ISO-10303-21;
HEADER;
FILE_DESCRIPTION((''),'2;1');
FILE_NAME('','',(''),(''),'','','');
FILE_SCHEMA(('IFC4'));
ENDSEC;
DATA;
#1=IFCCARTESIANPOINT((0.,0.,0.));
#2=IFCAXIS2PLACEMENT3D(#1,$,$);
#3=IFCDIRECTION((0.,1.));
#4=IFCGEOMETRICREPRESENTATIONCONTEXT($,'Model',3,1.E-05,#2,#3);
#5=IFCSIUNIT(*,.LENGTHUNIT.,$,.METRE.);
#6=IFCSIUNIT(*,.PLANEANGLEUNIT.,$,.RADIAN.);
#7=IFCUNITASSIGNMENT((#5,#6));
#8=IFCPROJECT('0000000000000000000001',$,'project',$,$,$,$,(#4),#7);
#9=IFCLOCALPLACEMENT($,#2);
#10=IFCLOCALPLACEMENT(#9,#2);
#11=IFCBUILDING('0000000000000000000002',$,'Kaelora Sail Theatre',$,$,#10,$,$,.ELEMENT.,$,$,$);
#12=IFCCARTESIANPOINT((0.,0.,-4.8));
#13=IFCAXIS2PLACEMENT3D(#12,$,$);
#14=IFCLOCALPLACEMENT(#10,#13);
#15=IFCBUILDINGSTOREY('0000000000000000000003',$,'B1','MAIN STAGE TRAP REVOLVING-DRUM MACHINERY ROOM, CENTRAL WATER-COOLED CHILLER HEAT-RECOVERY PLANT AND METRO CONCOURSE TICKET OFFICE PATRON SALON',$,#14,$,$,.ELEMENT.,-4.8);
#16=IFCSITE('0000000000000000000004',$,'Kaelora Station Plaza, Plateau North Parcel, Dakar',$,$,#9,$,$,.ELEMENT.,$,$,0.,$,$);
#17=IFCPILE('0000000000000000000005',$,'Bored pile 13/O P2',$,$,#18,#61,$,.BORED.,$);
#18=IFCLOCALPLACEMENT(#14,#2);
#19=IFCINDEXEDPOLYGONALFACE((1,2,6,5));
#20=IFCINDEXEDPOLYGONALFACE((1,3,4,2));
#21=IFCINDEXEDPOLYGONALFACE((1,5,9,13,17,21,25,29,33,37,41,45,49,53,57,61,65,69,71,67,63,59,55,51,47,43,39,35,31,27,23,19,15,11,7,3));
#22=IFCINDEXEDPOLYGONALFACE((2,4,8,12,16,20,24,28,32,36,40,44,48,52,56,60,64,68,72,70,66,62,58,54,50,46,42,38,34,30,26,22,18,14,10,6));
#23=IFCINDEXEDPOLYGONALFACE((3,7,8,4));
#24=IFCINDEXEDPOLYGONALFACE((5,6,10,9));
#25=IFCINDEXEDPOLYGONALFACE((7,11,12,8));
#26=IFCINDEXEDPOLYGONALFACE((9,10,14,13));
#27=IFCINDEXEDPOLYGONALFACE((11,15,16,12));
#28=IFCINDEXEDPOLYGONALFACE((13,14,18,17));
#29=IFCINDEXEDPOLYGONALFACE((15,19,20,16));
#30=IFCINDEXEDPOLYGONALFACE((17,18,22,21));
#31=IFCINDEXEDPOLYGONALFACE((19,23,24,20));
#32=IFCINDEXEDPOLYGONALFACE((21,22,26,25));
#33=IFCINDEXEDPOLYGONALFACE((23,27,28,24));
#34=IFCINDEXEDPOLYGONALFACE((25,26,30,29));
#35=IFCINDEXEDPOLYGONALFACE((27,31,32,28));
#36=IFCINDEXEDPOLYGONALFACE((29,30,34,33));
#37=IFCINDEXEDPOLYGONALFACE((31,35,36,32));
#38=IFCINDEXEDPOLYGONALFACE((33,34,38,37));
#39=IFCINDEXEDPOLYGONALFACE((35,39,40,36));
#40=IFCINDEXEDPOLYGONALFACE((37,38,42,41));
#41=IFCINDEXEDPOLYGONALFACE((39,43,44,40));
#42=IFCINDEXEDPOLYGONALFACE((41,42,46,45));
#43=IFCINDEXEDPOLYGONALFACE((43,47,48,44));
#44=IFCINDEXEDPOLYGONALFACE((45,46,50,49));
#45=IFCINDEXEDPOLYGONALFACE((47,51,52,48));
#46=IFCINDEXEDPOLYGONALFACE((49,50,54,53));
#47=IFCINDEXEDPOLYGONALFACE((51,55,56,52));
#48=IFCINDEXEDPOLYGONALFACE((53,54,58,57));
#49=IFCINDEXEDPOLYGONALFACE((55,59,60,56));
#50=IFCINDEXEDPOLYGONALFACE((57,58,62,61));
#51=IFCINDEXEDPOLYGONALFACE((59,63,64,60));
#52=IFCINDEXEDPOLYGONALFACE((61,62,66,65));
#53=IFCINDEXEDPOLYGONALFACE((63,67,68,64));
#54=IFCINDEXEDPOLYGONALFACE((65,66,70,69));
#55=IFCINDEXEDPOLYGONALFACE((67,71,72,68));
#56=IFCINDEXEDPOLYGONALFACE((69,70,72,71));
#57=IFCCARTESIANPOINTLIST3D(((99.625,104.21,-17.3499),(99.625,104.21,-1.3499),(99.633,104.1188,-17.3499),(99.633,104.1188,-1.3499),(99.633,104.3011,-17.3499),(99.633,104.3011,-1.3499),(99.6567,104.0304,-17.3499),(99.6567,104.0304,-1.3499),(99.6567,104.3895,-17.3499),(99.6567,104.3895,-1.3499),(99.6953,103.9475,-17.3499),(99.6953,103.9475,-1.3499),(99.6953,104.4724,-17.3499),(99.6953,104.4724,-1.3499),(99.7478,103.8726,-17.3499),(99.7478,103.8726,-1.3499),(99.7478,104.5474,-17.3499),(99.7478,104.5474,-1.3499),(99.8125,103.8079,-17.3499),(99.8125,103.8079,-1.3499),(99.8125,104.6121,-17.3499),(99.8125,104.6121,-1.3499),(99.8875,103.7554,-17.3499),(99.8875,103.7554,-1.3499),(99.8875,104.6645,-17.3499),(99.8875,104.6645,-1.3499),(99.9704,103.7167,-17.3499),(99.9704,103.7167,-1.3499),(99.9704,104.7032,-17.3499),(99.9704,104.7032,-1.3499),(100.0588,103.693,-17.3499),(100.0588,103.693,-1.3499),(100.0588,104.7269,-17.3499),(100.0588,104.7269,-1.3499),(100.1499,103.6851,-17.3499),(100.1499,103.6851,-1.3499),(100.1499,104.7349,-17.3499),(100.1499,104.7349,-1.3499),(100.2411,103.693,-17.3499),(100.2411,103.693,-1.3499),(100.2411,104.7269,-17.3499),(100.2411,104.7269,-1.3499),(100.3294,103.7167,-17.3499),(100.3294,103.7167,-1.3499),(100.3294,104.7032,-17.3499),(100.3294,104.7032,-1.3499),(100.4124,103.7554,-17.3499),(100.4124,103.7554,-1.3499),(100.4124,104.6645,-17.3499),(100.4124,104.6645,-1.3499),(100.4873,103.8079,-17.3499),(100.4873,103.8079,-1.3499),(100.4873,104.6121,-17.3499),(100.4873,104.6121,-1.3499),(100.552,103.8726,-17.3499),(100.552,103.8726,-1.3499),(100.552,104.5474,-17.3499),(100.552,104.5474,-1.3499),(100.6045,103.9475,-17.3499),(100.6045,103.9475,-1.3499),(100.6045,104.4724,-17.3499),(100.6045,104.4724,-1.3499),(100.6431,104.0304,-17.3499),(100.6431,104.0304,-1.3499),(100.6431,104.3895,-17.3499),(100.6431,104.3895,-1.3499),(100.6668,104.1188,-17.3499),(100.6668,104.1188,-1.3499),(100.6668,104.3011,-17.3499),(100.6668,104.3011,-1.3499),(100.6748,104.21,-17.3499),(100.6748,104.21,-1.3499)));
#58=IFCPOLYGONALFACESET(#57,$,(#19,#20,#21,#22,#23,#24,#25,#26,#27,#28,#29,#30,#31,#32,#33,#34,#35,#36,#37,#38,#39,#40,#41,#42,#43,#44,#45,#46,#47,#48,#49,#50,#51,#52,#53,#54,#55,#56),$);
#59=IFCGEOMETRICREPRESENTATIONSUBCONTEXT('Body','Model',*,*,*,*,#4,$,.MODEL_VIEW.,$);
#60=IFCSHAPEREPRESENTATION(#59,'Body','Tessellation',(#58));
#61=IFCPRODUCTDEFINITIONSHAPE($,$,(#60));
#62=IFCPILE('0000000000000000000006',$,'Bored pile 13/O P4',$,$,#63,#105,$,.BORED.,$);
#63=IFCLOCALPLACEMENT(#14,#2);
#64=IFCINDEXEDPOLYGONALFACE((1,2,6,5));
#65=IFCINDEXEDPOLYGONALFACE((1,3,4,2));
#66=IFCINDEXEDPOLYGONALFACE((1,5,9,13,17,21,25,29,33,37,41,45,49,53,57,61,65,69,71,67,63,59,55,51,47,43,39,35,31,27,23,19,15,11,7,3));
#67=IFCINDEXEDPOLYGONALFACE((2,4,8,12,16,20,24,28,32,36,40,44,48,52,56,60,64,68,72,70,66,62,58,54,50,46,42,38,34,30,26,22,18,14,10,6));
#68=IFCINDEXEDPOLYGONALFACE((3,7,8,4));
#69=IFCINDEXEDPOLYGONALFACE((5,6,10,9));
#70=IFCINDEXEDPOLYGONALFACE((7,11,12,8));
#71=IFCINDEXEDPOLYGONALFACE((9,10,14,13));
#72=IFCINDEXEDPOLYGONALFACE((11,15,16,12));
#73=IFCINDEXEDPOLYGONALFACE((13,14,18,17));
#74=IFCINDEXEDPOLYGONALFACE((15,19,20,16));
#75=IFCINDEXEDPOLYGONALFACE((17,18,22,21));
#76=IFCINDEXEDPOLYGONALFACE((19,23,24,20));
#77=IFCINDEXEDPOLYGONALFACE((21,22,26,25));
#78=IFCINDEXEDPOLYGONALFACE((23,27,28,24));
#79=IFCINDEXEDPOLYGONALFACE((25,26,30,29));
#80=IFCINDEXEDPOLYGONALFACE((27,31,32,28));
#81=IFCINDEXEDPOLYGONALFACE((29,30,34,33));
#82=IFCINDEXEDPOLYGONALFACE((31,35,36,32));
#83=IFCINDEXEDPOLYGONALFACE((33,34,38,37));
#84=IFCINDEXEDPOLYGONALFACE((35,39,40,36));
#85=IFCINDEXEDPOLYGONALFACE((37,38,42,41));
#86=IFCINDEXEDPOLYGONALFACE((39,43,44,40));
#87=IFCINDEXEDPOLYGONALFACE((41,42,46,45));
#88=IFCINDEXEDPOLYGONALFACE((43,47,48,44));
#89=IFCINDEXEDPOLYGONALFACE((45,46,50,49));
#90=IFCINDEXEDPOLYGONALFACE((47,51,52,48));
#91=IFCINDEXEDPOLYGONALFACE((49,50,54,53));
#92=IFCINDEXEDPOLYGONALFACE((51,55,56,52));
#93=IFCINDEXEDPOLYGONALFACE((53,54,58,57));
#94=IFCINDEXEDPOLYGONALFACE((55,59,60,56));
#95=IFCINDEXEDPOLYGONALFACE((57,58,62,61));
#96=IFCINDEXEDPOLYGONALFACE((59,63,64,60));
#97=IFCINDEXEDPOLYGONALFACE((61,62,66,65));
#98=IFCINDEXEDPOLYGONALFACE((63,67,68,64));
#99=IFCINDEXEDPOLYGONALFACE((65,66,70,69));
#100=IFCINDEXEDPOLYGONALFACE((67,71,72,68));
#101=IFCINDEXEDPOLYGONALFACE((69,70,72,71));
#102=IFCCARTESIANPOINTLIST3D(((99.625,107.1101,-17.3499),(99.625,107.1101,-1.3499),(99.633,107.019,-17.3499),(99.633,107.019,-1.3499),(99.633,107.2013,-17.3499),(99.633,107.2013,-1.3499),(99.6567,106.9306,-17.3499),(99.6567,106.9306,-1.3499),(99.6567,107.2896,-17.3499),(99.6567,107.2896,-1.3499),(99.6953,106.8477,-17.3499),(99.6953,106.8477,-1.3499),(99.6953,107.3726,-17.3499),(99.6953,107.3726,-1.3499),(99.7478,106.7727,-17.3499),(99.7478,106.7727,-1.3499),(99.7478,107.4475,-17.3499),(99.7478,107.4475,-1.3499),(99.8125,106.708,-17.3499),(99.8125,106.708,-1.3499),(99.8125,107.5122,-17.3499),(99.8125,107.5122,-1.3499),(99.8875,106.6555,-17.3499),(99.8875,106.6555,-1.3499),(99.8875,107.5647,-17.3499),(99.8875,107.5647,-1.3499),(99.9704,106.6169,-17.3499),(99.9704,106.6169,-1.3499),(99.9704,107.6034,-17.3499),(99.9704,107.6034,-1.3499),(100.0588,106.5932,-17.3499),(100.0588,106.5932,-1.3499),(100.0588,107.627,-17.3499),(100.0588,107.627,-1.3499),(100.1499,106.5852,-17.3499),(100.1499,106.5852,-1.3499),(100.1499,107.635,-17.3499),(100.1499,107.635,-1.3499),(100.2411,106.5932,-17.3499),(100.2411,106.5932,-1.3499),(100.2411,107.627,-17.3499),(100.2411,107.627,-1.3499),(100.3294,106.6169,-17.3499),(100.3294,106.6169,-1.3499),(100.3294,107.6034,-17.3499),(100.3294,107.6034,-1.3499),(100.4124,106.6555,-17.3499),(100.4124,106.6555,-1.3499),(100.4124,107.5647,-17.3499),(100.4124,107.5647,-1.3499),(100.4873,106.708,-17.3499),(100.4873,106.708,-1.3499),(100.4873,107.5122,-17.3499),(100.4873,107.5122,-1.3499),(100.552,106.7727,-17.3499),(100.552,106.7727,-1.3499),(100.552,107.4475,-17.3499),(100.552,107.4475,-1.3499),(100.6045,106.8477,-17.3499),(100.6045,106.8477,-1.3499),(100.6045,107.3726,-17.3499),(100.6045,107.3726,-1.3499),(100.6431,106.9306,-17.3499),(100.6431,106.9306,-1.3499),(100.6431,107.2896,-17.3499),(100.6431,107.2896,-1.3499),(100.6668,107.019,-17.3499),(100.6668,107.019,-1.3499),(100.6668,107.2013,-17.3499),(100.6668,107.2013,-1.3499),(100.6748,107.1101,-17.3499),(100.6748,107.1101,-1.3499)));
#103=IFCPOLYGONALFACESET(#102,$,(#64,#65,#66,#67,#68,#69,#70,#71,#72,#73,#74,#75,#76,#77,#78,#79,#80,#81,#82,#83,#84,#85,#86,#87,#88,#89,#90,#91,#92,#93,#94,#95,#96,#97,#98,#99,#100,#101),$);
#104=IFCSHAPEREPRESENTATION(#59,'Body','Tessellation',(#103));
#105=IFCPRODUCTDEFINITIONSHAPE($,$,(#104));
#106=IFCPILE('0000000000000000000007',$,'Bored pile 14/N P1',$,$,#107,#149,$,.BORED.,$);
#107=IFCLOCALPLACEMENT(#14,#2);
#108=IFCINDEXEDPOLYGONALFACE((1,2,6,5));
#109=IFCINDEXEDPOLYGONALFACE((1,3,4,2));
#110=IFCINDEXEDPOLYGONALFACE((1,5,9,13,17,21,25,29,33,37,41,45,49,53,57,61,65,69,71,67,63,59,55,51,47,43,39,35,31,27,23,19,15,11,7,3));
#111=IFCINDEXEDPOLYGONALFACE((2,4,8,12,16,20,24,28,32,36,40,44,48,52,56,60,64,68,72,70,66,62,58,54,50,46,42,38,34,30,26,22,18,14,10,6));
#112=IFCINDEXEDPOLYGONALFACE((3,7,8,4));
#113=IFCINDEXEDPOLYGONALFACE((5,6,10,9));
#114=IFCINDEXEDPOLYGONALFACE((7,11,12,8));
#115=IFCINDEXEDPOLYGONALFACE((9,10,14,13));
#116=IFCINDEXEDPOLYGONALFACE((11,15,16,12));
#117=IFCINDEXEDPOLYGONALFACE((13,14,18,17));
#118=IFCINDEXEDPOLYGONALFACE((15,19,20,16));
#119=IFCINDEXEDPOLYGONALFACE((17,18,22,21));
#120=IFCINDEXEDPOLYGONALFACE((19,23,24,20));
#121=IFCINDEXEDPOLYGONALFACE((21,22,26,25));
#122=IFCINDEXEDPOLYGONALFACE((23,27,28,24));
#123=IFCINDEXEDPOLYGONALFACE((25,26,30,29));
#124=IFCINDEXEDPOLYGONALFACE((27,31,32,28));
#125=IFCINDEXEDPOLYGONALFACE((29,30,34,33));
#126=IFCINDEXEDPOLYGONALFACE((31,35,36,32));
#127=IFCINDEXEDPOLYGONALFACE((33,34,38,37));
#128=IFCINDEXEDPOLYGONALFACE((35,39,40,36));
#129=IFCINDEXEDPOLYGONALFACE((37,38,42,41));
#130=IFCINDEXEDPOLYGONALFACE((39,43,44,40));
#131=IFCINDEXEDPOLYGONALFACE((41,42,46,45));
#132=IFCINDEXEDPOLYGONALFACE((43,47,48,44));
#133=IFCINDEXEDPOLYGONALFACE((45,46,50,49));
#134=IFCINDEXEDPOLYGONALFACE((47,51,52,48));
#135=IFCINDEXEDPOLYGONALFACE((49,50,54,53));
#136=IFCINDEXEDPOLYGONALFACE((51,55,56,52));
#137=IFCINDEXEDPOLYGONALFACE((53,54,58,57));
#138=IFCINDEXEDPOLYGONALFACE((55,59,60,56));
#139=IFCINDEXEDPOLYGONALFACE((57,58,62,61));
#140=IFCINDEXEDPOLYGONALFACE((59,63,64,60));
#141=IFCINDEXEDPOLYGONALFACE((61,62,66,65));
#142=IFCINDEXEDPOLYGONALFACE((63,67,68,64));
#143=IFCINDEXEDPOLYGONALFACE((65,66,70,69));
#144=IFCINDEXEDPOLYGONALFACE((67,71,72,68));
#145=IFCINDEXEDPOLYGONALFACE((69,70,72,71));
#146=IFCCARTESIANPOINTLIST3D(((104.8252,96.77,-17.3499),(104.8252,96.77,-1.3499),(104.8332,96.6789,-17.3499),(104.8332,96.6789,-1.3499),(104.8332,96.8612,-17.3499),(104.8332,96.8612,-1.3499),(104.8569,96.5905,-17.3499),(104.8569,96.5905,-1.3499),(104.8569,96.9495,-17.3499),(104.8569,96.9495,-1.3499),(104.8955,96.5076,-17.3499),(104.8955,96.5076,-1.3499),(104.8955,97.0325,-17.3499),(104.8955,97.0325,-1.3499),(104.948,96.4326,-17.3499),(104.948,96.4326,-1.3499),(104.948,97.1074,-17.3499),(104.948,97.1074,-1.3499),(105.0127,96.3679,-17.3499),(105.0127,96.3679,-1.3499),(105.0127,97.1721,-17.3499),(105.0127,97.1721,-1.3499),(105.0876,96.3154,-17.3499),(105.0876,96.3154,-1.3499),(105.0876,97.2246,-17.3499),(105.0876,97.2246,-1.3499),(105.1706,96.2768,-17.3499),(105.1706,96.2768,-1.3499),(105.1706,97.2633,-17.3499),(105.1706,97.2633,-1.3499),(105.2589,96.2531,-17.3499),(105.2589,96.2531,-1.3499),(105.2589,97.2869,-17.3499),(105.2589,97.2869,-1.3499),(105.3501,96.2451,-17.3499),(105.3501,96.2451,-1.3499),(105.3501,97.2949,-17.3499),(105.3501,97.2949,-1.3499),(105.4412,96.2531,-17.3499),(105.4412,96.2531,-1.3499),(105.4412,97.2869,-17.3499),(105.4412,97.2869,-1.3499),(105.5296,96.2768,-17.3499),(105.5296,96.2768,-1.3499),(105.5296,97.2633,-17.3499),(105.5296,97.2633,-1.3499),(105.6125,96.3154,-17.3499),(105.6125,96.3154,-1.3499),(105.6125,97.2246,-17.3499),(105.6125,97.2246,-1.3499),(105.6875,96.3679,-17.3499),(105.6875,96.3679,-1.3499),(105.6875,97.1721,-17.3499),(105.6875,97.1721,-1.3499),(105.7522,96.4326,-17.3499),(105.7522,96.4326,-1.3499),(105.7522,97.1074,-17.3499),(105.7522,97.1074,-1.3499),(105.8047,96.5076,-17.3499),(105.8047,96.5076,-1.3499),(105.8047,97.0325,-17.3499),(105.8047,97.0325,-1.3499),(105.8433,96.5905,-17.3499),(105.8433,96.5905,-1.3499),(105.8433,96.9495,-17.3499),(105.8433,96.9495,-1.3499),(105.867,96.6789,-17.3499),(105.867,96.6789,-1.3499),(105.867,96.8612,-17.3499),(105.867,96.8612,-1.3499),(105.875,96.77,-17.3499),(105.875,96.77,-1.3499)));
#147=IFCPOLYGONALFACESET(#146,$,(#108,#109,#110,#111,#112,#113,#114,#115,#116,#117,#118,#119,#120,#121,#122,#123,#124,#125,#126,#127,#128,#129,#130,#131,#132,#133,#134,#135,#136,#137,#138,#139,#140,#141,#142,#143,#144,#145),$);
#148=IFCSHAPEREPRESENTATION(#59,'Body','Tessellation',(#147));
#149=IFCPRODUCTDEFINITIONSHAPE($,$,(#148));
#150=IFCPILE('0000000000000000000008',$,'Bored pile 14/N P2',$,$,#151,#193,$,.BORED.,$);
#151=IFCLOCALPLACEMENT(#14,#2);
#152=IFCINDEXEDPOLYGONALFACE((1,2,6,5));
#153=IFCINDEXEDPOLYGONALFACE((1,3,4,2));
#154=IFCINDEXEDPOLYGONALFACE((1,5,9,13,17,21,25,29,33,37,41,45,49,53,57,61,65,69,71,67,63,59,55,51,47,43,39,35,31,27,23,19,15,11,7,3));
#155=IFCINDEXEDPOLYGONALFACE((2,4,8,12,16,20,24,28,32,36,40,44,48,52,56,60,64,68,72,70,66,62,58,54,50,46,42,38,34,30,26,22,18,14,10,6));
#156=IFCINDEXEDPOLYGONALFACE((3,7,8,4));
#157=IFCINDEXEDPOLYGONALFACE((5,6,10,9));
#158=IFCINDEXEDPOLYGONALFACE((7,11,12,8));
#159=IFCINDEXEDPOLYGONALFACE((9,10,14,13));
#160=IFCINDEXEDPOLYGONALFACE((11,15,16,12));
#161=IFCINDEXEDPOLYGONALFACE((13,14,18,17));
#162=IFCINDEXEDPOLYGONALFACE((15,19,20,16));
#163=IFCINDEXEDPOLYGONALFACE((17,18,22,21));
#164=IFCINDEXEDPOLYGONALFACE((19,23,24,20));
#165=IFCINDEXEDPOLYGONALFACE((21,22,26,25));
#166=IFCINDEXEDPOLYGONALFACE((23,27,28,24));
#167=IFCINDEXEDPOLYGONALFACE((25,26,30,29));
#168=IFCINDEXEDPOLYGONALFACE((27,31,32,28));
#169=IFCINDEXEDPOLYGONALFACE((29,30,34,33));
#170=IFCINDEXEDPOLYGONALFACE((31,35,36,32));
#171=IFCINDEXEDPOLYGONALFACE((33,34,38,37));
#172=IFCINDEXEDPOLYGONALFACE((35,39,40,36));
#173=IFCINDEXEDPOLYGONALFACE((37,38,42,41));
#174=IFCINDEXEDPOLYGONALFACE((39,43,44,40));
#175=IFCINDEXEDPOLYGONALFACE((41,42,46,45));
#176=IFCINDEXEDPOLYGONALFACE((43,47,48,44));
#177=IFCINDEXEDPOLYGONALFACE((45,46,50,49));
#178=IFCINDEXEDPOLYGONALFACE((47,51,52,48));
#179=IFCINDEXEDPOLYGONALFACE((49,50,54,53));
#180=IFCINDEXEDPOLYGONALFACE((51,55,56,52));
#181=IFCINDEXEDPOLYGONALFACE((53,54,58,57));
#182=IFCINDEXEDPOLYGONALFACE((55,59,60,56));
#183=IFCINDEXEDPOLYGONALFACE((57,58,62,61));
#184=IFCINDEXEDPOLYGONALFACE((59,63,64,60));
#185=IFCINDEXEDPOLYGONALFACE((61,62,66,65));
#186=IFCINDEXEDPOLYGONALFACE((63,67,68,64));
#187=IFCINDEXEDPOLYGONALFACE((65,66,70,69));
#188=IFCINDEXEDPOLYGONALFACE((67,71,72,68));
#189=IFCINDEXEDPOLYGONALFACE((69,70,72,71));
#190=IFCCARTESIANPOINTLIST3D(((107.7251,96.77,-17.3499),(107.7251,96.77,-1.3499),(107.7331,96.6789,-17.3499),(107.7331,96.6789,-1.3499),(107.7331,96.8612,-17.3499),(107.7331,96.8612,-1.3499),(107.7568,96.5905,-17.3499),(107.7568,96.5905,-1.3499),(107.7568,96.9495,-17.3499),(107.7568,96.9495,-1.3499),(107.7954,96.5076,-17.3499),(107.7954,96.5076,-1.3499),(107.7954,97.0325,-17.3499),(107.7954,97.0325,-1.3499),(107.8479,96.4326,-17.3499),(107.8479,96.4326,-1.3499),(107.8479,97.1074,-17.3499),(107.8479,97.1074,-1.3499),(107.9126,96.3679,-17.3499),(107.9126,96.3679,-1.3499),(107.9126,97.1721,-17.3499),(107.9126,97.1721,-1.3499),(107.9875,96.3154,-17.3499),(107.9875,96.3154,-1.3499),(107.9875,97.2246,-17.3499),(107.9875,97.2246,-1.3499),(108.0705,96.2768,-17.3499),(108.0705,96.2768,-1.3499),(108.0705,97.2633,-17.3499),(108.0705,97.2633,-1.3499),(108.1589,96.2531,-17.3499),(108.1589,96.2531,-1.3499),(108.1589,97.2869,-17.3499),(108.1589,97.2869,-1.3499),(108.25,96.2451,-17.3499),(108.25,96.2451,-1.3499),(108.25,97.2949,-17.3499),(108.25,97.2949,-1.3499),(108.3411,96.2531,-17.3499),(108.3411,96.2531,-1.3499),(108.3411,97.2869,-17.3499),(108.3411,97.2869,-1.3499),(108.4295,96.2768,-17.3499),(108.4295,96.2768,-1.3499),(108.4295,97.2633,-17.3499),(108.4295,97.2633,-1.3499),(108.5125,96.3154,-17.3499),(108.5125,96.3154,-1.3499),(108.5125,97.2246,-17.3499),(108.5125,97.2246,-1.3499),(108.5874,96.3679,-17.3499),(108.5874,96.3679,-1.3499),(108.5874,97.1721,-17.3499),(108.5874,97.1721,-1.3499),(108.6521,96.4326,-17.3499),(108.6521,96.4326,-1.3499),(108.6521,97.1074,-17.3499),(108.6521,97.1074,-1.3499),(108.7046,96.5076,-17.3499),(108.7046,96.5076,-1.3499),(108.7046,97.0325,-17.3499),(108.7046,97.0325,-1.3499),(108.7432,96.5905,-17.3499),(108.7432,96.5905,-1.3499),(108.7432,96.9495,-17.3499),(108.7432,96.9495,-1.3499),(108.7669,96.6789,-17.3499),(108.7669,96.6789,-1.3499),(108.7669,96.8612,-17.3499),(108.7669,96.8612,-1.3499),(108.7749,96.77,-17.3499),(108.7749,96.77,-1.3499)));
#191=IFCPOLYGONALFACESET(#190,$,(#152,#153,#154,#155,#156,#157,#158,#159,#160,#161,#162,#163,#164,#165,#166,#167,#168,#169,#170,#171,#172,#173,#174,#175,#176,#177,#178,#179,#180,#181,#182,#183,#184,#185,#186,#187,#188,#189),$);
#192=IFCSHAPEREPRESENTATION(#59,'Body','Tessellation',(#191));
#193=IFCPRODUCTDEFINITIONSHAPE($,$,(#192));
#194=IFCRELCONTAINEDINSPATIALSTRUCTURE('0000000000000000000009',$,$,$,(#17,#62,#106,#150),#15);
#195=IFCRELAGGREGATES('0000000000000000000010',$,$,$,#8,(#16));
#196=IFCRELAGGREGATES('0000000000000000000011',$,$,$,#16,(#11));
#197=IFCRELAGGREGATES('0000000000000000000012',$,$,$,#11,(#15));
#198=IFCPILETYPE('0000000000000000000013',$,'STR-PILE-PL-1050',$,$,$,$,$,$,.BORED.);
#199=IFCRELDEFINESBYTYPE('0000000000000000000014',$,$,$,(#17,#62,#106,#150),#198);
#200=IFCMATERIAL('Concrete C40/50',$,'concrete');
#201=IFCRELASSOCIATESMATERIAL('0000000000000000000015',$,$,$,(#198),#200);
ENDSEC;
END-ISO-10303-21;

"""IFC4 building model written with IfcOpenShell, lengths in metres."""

from ifc_helpers import new_model, si_unit, direction, frame, origin, origin_2d, place, context, subcontext, project, spatial, circle, extrude, material, material_profile, profile_set, type_object, element, save


model = new_model("IFC4")

# Units and contexts
model_context = context("Model", 3, precision=1e-05, world=origin(), true_north=direction((0.0, 1.0)))
body_context = subcontext(model_context, "Body", "Model", "MODEL_VIEW")
ifc_project = project(units=[si_unit("LENGTHUNIT", "METRE"), si_unit("PLANEANGLEUNIT", "RADIAN")], contexts=[model_context])

# Site, building, storey
site_placement = place(None, origin())
site = spatial("IfcSite", under=ifc_project, at=site_placement, Name="Kaelora Station Plaza, Plateau North Parcel, Dakar", CompositionType="ELEMENT", RefElevation=0.0)
building_placement = place(site_placement, origin())
building = spatial("IfcBuilding", under=site, at=building_placement, Name="Kaelora Sail Theatre", CompositionType="ELEMENT")
storey_placement = place(building_placement, frame((0.0, 0.0, -4.8)))
storey = spatial("IfcBuildingStorey", under=building, at=storey_placement, Name="B1", Description="MAIN STAGE TRAP REVOLVING-DRUM MACHINERY ROOM, CENTRAL WATER-COOLED CHILLER HEAT-RECOVERY PLANT AND METRO CONCOURSE TICKET OFFICE PATRON SALON", CompositionType="ELEMENT", Elevation=-4.8)

# Piles
ifc_material_1 = material(Name="Concrete C40/50", Category="concrete")
ifc_material_profile_1 = material_profile(ifc_material_1, circle(Radius=0.5249, at=origin_2d()), Name="PILE D1050")
ifc_profile_set_1 = profile_set([ifc_material_profile_1], Name="Concrete C40/50")
pile_type_1 = type_object("IfcPileType", Name="STR-PILE-PL-1050", PredefinedType="BORED", material=ifc_profile_set_1)
for number, where, z_axis, x_axis, name in (
    (1, (100.1499, 104.21, -1.3499), (0.0, 0.0, -1.0), (1.0, 0.0, 0.0), "Bored pile 13/O P2"),
    (2, (100.1499, 107.1101, -1.3499), (0.0, 0.0, -1.0), (1.0, 0.0, 0.0), "Bored pile 13/O P4"),
    (3, (105.3501, 96.77, -1.3499), (0.0, 0.0, -1.0), (1.0, 0.0, 0.0), "Bored pile 14/N P1"),
    (4, (108.25, 96.77, -1.3499), (0.0, 0.0, -1.0), (1.0, 0.0, 0.0), "Bored pile 14/N P2"),
):
    element("IfcPile", number, at=place(storey_placement, frame(where, z_axis=z_axis, x_axis=x_axis)), inside=storey, type_object=pile_type_1, Name=name, PredefinedType="BORED", context=body_context, shape_type="SweptSolid", body=[
        extrude(circle(Radius=0.5249, at=origin_2d()), origin(), (0.0, 0.0, 1.0), 16.0),
    ])

save(model, "model.ifc")
